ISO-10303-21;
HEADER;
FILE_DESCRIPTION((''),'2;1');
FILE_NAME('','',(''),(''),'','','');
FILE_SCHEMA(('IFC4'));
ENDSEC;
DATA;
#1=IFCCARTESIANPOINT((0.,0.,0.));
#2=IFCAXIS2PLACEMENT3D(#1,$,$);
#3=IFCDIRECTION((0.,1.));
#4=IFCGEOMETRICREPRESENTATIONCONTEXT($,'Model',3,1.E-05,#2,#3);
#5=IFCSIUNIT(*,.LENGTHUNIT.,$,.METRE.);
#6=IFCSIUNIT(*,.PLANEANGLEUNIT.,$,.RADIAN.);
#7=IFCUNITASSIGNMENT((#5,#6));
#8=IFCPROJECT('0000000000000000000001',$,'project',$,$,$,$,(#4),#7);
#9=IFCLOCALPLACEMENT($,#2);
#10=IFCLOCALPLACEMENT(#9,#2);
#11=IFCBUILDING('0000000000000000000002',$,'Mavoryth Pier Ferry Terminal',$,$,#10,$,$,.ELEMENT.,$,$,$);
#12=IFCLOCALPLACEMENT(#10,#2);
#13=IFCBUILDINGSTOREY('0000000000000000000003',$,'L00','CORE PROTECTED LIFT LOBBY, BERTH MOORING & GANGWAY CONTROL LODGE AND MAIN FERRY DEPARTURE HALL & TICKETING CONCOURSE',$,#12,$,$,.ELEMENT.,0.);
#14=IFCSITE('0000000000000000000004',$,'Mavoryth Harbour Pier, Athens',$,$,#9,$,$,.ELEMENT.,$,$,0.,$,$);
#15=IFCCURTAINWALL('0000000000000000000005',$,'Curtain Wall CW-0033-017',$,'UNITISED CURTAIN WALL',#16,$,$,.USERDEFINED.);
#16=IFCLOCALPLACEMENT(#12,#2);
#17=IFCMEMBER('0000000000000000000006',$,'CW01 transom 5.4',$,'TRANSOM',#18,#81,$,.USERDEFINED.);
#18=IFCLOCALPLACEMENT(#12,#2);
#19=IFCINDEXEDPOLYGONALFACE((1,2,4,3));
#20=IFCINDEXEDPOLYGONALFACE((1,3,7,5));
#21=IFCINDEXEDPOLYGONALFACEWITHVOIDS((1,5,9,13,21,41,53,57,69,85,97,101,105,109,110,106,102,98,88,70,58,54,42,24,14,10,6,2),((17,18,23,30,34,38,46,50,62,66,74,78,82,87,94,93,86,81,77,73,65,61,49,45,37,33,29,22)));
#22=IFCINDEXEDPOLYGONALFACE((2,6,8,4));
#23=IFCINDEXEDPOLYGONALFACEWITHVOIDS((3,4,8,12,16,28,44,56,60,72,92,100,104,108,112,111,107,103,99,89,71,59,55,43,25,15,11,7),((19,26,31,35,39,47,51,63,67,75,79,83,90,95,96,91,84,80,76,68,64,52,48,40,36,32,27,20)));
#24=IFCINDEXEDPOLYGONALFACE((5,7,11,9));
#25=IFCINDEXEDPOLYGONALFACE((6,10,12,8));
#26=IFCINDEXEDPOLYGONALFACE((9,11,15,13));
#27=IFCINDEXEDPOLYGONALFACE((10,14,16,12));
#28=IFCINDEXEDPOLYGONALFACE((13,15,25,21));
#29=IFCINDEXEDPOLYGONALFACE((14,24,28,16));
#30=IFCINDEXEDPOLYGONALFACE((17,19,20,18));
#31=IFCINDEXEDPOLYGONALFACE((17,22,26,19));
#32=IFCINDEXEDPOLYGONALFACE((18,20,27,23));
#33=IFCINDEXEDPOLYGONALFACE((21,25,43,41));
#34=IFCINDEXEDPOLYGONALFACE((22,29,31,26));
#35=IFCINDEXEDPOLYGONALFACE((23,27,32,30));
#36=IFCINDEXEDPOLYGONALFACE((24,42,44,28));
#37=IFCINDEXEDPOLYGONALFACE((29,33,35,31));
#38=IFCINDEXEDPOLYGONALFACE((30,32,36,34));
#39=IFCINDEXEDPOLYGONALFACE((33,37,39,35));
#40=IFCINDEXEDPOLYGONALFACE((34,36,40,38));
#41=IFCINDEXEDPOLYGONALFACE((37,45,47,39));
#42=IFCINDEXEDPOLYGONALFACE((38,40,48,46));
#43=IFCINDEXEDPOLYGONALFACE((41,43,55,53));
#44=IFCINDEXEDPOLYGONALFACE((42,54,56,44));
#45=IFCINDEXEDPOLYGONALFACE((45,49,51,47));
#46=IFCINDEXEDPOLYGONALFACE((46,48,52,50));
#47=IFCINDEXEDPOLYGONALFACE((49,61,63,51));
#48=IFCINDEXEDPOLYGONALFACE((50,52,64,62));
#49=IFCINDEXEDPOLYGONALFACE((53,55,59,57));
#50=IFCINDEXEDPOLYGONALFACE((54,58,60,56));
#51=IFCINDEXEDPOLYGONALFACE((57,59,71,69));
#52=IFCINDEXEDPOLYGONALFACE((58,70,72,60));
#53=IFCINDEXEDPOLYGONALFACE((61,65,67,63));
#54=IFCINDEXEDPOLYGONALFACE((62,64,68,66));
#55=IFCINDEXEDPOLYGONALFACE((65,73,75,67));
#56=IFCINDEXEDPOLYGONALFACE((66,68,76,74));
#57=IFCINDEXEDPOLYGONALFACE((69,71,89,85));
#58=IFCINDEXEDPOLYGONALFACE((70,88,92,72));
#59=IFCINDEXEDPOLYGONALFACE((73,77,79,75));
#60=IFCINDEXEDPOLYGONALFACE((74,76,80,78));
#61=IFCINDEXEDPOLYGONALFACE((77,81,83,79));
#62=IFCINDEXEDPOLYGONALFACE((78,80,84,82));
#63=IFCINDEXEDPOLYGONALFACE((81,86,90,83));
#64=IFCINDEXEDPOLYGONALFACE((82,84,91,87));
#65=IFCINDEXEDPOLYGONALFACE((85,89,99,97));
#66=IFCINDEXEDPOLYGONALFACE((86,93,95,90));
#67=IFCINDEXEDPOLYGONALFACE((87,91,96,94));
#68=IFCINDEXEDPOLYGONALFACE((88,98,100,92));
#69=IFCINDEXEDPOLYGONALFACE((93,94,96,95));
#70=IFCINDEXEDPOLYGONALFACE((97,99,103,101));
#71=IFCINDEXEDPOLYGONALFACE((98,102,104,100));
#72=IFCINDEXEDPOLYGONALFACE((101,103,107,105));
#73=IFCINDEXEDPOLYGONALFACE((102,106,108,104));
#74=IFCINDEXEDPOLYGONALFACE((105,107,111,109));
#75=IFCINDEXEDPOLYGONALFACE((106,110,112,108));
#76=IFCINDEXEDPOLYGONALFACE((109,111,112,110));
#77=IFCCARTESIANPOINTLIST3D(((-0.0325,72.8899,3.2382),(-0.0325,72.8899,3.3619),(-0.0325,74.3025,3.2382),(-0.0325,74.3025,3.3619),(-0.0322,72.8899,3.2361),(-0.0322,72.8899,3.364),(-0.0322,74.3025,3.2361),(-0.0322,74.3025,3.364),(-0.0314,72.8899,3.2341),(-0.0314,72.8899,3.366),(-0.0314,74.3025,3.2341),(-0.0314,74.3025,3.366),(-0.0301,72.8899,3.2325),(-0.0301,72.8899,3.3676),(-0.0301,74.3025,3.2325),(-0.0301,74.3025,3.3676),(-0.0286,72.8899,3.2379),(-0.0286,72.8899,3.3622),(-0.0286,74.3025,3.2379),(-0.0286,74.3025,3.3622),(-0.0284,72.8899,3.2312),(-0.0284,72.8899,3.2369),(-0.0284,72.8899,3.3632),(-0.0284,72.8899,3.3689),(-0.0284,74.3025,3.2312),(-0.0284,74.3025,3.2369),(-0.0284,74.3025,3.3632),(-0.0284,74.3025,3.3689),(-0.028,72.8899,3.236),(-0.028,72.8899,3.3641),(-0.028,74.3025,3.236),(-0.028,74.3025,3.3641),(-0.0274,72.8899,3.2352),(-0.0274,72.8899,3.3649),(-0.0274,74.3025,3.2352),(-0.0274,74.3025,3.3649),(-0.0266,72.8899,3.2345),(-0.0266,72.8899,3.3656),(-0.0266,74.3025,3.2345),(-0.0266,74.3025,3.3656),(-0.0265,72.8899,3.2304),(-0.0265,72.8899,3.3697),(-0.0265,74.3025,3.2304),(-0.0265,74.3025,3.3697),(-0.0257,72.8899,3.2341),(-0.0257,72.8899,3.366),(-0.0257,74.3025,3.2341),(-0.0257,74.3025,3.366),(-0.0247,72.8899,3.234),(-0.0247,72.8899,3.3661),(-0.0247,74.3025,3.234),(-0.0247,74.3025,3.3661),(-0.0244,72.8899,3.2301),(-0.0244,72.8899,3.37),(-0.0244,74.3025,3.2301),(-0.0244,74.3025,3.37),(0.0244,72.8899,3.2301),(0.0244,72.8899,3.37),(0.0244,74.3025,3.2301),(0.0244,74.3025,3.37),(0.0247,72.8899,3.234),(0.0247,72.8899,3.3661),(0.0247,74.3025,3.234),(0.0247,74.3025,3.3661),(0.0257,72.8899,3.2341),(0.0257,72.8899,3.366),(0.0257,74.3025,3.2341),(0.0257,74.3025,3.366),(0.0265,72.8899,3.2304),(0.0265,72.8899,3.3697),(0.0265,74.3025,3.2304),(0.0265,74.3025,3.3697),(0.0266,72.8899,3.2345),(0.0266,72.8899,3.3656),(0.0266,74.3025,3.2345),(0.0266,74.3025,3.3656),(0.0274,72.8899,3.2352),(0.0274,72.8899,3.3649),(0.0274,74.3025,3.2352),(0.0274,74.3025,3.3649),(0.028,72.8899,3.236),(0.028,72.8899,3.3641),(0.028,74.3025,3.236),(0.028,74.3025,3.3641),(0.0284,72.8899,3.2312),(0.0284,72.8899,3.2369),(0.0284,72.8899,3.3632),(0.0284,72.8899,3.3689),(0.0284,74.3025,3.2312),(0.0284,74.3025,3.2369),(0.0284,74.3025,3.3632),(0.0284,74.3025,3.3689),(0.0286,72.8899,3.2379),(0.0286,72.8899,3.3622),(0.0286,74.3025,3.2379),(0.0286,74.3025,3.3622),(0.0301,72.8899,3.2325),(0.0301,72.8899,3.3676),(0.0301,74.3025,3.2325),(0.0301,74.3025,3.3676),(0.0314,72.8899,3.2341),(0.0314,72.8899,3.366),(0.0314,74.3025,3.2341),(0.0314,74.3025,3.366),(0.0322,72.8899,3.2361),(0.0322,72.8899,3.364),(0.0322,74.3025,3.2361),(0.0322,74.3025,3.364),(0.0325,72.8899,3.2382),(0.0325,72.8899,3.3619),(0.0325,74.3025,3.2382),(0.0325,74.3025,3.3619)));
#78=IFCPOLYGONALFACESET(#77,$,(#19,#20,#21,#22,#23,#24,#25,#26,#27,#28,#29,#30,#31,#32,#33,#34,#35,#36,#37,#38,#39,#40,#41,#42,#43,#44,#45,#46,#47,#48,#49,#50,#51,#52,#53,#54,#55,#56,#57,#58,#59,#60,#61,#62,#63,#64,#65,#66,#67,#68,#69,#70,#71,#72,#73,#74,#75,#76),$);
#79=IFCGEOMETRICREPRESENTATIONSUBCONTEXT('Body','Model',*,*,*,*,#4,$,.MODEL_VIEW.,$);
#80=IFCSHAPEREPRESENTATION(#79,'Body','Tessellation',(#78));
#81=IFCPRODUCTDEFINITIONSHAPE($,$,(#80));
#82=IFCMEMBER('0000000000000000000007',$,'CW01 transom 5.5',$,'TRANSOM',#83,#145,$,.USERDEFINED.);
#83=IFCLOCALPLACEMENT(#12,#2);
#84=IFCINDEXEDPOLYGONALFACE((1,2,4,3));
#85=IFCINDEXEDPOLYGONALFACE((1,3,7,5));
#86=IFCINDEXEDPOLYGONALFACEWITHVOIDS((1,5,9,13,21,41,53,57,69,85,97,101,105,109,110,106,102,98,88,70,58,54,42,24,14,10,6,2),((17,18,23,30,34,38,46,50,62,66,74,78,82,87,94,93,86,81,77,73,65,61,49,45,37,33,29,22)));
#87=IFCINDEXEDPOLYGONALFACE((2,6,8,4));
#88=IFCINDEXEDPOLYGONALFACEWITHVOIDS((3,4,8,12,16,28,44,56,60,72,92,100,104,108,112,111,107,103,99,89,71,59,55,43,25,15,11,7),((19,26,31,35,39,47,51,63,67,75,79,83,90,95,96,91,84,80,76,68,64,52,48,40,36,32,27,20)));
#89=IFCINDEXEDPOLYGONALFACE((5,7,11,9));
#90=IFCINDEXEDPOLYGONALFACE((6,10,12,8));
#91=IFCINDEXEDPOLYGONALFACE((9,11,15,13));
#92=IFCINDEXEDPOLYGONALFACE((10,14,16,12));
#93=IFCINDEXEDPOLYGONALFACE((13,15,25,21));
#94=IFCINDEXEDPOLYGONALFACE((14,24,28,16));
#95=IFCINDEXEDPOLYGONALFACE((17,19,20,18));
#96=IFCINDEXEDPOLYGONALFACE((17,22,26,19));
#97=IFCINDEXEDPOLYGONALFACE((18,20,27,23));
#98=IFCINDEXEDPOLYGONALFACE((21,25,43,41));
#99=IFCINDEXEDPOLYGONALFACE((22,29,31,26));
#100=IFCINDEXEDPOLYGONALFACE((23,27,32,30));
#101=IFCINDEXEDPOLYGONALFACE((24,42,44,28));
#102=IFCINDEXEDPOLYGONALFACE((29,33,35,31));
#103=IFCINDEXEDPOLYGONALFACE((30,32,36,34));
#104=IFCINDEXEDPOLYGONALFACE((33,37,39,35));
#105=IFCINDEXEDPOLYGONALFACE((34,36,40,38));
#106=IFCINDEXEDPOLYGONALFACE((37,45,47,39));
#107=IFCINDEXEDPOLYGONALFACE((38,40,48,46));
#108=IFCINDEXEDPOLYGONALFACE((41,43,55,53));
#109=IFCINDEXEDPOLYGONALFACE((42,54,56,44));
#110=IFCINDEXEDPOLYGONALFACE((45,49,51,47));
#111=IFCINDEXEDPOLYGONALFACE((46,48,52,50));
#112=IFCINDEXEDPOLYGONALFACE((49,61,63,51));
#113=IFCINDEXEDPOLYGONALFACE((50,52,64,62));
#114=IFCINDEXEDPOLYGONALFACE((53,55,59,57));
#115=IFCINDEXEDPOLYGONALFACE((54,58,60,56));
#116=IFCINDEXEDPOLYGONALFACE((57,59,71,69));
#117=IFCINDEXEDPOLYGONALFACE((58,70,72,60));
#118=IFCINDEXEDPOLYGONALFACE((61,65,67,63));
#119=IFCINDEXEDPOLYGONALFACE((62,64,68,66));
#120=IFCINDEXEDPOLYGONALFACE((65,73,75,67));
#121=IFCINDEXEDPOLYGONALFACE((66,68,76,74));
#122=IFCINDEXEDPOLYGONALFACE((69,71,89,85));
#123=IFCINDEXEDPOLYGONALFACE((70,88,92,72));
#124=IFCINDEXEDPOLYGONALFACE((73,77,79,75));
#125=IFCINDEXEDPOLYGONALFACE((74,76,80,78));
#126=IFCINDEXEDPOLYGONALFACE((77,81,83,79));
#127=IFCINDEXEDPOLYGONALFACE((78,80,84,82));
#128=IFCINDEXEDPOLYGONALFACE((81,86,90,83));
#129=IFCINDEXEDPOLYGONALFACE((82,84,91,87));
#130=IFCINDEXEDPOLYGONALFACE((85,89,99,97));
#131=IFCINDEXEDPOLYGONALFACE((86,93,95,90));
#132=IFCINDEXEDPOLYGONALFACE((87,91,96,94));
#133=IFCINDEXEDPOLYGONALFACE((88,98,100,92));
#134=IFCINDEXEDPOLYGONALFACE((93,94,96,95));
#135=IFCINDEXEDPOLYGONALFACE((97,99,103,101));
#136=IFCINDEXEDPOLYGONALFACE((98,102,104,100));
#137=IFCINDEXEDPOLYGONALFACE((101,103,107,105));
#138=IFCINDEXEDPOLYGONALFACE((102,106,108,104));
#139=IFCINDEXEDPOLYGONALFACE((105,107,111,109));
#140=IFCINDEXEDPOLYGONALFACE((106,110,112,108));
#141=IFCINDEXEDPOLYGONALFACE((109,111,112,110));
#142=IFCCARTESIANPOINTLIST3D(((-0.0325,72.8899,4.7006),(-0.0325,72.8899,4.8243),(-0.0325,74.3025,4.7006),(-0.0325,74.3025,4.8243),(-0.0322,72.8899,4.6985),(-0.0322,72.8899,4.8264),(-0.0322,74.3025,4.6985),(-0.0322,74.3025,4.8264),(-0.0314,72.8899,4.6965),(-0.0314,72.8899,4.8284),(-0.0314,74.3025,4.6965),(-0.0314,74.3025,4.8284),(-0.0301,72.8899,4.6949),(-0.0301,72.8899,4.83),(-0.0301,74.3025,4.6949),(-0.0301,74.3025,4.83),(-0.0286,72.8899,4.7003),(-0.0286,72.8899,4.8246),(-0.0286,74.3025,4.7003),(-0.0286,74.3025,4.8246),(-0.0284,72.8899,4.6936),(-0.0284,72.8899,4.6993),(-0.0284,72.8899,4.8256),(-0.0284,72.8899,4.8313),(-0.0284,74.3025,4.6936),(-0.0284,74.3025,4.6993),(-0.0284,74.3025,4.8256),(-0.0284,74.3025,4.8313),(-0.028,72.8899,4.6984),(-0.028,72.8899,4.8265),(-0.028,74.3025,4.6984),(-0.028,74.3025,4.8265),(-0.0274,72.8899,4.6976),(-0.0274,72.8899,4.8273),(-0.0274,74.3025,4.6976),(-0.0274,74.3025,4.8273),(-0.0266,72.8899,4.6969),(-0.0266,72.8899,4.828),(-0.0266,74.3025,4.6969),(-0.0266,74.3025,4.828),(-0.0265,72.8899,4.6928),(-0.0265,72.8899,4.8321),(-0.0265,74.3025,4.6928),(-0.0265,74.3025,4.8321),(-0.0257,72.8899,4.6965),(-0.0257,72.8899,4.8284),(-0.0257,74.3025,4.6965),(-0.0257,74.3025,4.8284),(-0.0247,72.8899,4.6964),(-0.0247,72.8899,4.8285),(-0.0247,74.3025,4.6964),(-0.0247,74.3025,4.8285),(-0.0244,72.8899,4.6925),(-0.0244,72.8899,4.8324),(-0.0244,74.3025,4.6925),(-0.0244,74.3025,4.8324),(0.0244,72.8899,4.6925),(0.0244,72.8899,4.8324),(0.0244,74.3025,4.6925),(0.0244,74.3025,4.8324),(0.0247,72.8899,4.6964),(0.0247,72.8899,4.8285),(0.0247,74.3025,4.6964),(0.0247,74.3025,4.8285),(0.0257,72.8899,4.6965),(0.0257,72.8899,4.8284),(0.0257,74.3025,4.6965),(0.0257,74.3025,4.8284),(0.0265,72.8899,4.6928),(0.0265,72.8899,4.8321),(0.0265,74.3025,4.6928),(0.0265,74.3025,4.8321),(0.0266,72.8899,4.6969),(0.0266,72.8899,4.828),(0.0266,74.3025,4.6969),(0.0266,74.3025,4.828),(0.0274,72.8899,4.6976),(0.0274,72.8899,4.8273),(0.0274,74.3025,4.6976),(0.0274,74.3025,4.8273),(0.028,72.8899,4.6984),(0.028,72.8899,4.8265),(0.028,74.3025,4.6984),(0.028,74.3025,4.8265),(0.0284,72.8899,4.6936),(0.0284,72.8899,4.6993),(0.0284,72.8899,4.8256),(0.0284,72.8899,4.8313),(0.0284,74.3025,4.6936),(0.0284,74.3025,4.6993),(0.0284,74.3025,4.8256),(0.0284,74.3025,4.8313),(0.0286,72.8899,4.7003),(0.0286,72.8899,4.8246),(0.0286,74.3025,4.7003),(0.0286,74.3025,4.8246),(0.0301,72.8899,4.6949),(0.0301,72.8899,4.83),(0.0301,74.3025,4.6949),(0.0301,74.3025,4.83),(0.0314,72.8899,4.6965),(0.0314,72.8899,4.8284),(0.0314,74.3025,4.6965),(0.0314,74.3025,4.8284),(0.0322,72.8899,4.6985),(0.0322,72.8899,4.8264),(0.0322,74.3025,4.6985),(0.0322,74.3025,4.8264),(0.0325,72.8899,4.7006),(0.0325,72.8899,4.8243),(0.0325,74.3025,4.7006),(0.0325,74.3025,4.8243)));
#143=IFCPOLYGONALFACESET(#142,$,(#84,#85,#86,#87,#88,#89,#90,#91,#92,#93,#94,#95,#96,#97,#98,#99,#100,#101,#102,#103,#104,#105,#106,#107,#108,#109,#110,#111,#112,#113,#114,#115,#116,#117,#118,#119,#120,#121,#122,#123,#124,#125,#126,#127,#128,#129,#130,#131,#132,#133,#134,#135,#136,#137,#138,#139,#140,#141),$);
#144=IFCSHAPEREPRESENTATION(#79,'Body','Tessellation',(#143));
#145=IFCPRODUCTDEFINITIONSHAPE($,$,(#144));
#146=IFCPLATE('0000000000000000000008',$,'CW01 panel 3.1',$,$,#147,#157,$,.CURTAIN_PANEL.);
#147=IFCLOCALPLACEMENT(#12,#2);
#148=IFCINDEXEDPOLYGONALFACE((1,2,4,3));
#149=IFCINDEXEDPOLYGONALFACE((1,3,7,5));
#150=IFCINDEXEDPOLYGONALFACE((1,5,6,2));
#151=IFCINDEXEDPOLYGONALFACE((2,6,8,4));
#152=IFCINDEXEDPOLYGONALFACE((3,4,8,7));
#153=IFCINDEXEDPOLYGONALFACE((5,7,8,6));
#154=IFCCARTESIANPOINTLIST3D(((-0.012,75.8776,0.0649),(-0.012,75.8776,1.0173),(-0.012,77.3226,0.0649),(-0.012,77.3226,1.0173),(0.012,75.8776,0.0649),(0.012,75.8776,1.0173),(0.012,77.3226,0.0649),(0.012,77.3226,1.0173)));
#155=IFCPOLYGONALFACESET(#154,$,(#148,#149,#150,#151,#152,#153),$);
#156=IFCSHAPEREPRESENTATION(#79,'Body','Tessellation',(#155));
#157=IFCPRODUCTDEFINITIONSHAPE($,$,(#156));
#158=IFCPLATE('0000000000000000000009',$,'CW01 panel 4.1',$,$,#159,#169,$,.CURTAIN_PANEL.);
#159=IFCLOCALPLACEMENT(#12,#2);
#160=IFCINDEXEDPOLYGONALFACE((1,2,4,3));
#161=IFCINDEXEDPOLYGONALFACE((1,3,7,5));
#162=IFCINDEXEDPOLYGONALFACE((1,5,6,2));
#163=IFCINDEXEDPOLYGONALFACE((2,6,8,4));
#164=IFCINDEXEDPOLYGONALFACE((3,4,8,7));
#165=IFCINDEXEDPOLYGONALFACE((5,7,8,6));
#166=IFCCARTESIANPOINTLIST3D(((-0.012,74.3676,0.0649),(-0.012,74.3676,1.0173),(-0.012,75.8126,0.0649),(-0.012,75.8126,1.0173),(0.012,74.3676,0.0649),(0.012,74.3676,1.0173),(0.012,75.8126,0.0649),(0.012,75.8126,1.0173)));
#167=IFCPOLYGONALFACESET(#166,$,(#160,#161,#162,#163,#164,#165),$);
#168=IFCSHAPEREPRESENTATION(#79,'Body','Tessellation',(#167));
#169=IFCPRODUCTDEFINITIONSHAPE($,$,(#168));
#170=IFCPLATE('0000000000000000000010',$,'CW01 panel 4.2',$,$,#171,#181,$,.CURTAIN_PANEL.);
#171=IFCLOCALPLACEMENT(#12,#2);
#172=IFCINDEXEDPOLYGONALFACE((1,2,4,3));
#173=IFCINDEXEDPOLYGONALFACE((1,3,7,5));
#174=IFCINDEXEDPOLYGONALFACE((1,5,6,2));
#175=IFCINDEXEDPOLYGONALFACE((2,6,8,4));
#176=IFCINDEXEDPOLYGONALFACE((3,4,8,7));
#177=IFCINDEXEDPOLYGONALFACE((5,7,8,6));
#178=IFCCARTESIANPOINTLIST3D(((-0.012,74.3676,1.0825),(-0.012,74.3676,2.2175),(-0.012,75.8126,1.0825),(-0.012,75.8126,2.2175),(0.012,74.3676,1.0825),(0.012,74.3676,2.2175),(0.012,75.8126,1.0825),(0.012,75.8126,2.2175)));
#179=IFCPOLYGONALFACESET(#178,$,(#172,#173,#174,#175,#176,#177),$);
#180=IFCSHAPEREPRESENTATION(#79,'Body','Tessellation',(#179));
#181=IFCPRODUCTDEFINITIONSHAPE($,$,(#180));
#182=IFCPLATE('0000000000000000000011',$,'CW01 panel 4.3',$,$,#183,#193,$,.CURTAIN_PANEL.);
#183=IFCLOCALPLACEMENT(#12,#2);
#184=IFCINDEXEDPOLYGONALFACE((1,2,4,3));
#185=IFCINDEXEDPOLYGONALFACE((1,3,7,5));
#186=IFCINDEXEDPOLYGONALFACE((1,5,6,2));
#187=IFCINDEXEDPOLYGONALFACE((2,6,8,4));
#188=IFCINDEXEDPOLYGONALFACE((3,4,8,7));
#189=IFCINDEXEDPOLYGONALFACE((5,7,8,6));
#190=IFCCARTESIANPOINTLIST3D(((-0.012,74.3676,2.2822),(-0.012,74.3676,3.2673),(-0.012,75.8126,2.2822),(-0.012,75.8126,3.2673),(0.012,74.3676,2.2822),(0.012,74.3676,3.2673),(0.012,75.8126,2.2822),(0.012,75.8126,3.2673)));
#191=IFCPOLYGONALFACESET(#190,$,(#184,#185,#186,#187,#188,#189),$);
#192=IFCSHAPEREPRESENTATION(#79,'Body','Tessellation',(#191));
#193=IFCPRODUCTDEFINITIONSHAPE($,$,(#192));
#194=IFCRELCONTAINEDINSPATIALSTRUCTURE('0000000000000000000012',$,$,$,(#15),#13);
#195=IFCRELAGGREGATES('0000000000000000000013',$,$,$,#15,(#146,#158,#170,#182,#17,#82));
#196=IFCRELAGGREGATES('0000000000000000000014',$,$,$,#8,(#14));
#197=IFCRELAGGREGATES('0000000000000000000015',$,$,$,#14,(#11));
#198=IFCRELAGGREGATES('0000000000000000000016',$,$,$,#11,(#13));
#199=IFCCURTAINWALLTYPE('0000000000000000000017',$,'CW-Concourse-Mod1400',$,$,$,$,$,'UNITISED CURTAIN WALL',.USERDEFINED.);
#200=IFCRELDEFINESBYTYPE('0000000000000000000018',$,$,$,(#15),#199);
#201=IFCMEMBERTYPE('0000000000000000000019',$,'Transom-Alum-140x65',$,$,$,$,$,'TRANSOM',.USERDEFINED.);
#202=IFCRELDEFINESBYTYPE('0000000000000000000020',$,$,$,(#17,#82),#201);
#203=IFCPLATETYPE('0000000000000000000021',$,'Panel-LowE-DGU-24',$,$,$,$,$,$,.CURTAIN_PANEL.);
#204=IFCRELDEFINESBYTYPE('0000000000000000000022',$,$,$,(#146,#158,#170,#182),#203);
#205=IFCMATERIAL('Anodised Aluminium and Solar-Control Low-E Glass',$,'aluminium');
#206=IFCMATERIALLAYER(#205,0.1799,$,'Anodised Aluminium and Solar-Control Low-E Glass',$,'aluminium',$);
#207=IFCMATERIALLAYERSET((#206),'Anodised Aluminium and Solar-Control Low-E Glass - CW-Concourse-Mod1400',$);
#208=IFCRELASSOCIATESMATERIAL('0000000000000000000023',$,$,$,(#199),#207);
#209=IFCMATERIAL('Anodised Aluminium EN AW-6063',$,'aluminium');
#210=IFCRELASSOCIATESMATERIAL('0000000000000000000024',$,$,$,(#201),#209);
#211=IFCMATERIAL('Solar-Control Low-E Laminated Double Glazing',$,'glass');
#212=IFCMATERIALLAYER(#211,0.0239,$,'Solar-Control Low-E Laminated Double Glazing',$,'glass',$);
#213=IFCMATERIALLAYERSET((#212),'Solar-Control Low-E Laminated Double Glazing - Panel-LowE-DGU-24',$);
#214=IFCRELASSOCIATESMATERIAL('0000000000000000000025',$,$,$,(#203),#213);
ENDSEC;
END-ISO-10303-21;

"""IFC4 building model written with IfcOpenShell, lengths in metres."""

from ifc_helpers import new_model, si_unit, direction, frame, origin, origin_2d, place, context, subcontext, project, spatial, rectangle, hollow_rectangle, extrude, material, layer, layer_set, material_profile, profile_set, type_object, element, aggregate, save


model = new_model("IFC4")

# Units and contexts
model_context = context("Model", 3, precision=1e-05, world=origin(), true_north=direction((0.0, 1.0)))
body_context = subcontext(model_context, "Body", "Model", "MODEL_VIEW")
ifc_project = project(units=[si_unit("LENGTHUNIT", "METRE"), si_unit("PLANEANGLEUNIT", "RADIAN")], contexts=[model_context])

# Site, building, storey
site_placement = place(None, origin())
site = spatial("IfcSite", under=ifc_project, at=site_placement, Name="Mavoryth Harbour Pier, Athens", CompositionType="ELEMENT", RefElevation=0.0)
building_placement = place(site_placement, origin())
building = spatial("IfcBuilding", under=site, at=building_placement, Name="Mavoryth Pier Ferry Terminal", CompositionType="ELEMENT")
storey_placement = place(building_placement, origin())
storey = spatial("IfcBuildingStorey", under=building, at=storey_placement, Name="L00", Description="CORE PROTECTED LIFT LOBBY, BERTH MOORING & GANGWAY CONTROL LODGE AND MAIN FERRY DEPARTURE HALL & TICKETING CONCOURSE", CompositionType="ELEMENT", Elevation=0.0)

# Curtain wall, members, plates
ifc_material_1 = material(Name="Anodised Aluminium and Solar-Control Low-E Glass", Category="aluminium")
ifc_layer_1 = layer(ifc_material_1, 0.1799, Name="Anodised Aluminium and Solar-Control Low-E Glass", Category="aluminium")
ifc_layer_set_1 = layer_set([ifc_layer_1], Name="Anodised Aluminium and Solar-Control Low-E Glass - CW-Concourse-Mod1400")
curtain_wall_type = type_object("IfcCurtainWallType", Name="CW-Concourse-Mod1400", ElementType="UNITISED CURTAIN WALL", PredefinedType="USERDEFINED", material=ifc_layer_set_1)
curtain_wall_placement = place(storey_placement, origin())
curtain_wall = element("IfcCurtainWall", 1, at=curtain_wall_placement, inside=storey, type_object=curtain_wall_type, Name="Curtain Wall CW-0033-017", ObjectType="UNITISED CURTAIN WALL", PredefinedType="USERDEFINED")
ifc_material_2 = material(Name="Anodised Aluminium EN AW-6063", Category="aluminium")
ifc_material_profile_1 = material_profile(ifc_material_2, hollow_rectangle(XDim=0.0649, YDim=0.1399, WallThickness=0.0039, InnerFilletRadius=0.0039, OuterFilletRadius=0.0081, at=origin_2d()), Name="AL-TRAN 140x65x4", Category="aluminium")
ifc_profile_set_1 = profile_set([ifc_material_profile_1], Name="Anodised Aluminium EN AW-6063 - AL-TRAN 140x65x4")
member_type_1 = type_object("IfcMemberType", Name="Transom-Alum-140x65", ElementType="TRANSOM", PredefinedType="USERDEFINED", material=ifc_profile_set_1)
member_1_placement = place(storey_placement, frame((0.0, 74.3025, 3.3), z_axis=(0.0, -1.0, 0.0), x_axis=(1.0, 0.0, 0.0)))
member_1 = element("IfcMember", 2, at=member_1_placement, type_object=member_type_1, Name="CW01 transom 5.4", ObjectType="TRANSOM", PredefinedType="USERDEFINED", context=body_context, shape_type="SweptSolid", body=[
    extrude(hollow_rectangle(XDim=0.0649, YDim=0.1399, WallThickness=0.0039, InnerFilletRadius=0.0039, OuterFilletRadius=0.0081, at=origin_2d()), origin(), (0.0, 0.0, 1.0), 1.4126),
])
member_2_placement = place(storey_placement, frame((0.0, 74.3025, 4.7625), z_axis=(0.0, -1.0, 0.0), x_axis=(1.0, 0.0, 0.0)))
member_2 = element("IfcMember", 3, at=member_2_placement, type_object=member_type_1, Name="CW01 transom 5.5", ObjectType="TRANSOM", PredefinedType="USERDEFINED", context=body_context, shape_type="SweptSolid", body=[
    extrude(hollow_rectangle(XDim=0.0649, YDim=0.1399, WallThickness=0.0039, InnerFilletRadius=0.0039, OuterFilletRadius=0.0081, at=origin_2d()), origin(), (0.0, 0.0, 1.0), 1.4126),
])
ifc_material_3 = material(Name="Solar-Control Low-E Laminated Double Glazing", Category="glass")
ifc_layer_2 = layer(ifc_material_3, 0.0239, Name="Solar-Control Low-E Laminated Double Glazing", Category="glass")
ifc_layer_set_2 = layer_set([ifc_layer_2], Name="Solar-Control Low-E Laminated Double Glazing - Panel-LowE-DGU-24")
plate_type = type_object("IfcPlateType", Name="Panel-LowE-DGU-24", PredefinedType="CURTAIN_PANEL", material=ifc_layer_set_2)
plate_1_placement = place(storey_placement, frame((0.0, 76.6001, 0.0649), z_axis=(0.0, 0.0, 1.0), x_axis=(0.0, -1.0, 0.0)))
plate_1 = element("IfcPlate", 4, at=plate_1_placement, type_object=plate_type, Name="CW01 panel 3.1", PredefinedType="CURTAIN_PANEL", context=body_context, shape_type="SweptSolid", body=[
    extrude(rectangle(XDim=1.4451, YDim=0.0239, at=origin_2d()), origin(), (0.0, 0.0, 1.0), 0.9524),
])
plate_2_placement = place(storey_placement, frame((0.0, 75.0901, 0.0649), z_axis=(0.0, 0.0, 1.0), x_axis=(0.0, -1.0, 0.0)))
plate_2 = element("IfcPlate", 5, at=plate_2_placement, type_object=plate_type, Name="CW01 panel 4.1", PredefinedType="CURTAIN_PANEL", context=body_context, shape_type="SweptSolid", body=[
    extrude(rectangle(XDim=1.4451, YDim=0.0239, at=origin_2d()), origin(), (0.0, 0.0, 1.0), 0.9524),
])
plate_3_placement = place(storey_placement, frame((0.0, 75.0901, 1.0825), z_axis=(0.0, 0.0, 1.0), x_axis=(0.0, -1.0, 0.0)))
plate_3 = element("IfcPlate", 6, at=plate_3_placement, type_object=plate_type, Name="CW01 panel 4.2", PredefinedType="CURTAIN_PANEL", context=body_context, shape_type="SweptSolid", body=[
    extrude(rectangle(XDim=1.4451, YDim=0.0239, at=origin_2d()), origin(), (0.0, 0.0, 1.0), 1.135),
])
plate_4_placement = place(storey_placement, frame((0.0, 75.0901, 2.2822), z_axis=(0.0, 0.0, 1.0), x_axis=(0.0, -1.0, 0.0)))
plate_4 = element("IfcPlate", 7, at=plate_4_placement, type_object=plate_type, Name="CW01 panel 4.3", PredefinedType="CURTAIN_PANEL", context=body_context, shape_type="SweptSolid", body=[
    extrude(rectangle(XDim=1.4451, YDim=0.0239, at=origin_2d()), origin(), (0.0, 0.0, 1.0), 0.9851),
])
aggregate(curtain_wall, [plate_1, plate_2, plate_3, plate_4, member_1, member_2])

save(model, "model.ifc")
